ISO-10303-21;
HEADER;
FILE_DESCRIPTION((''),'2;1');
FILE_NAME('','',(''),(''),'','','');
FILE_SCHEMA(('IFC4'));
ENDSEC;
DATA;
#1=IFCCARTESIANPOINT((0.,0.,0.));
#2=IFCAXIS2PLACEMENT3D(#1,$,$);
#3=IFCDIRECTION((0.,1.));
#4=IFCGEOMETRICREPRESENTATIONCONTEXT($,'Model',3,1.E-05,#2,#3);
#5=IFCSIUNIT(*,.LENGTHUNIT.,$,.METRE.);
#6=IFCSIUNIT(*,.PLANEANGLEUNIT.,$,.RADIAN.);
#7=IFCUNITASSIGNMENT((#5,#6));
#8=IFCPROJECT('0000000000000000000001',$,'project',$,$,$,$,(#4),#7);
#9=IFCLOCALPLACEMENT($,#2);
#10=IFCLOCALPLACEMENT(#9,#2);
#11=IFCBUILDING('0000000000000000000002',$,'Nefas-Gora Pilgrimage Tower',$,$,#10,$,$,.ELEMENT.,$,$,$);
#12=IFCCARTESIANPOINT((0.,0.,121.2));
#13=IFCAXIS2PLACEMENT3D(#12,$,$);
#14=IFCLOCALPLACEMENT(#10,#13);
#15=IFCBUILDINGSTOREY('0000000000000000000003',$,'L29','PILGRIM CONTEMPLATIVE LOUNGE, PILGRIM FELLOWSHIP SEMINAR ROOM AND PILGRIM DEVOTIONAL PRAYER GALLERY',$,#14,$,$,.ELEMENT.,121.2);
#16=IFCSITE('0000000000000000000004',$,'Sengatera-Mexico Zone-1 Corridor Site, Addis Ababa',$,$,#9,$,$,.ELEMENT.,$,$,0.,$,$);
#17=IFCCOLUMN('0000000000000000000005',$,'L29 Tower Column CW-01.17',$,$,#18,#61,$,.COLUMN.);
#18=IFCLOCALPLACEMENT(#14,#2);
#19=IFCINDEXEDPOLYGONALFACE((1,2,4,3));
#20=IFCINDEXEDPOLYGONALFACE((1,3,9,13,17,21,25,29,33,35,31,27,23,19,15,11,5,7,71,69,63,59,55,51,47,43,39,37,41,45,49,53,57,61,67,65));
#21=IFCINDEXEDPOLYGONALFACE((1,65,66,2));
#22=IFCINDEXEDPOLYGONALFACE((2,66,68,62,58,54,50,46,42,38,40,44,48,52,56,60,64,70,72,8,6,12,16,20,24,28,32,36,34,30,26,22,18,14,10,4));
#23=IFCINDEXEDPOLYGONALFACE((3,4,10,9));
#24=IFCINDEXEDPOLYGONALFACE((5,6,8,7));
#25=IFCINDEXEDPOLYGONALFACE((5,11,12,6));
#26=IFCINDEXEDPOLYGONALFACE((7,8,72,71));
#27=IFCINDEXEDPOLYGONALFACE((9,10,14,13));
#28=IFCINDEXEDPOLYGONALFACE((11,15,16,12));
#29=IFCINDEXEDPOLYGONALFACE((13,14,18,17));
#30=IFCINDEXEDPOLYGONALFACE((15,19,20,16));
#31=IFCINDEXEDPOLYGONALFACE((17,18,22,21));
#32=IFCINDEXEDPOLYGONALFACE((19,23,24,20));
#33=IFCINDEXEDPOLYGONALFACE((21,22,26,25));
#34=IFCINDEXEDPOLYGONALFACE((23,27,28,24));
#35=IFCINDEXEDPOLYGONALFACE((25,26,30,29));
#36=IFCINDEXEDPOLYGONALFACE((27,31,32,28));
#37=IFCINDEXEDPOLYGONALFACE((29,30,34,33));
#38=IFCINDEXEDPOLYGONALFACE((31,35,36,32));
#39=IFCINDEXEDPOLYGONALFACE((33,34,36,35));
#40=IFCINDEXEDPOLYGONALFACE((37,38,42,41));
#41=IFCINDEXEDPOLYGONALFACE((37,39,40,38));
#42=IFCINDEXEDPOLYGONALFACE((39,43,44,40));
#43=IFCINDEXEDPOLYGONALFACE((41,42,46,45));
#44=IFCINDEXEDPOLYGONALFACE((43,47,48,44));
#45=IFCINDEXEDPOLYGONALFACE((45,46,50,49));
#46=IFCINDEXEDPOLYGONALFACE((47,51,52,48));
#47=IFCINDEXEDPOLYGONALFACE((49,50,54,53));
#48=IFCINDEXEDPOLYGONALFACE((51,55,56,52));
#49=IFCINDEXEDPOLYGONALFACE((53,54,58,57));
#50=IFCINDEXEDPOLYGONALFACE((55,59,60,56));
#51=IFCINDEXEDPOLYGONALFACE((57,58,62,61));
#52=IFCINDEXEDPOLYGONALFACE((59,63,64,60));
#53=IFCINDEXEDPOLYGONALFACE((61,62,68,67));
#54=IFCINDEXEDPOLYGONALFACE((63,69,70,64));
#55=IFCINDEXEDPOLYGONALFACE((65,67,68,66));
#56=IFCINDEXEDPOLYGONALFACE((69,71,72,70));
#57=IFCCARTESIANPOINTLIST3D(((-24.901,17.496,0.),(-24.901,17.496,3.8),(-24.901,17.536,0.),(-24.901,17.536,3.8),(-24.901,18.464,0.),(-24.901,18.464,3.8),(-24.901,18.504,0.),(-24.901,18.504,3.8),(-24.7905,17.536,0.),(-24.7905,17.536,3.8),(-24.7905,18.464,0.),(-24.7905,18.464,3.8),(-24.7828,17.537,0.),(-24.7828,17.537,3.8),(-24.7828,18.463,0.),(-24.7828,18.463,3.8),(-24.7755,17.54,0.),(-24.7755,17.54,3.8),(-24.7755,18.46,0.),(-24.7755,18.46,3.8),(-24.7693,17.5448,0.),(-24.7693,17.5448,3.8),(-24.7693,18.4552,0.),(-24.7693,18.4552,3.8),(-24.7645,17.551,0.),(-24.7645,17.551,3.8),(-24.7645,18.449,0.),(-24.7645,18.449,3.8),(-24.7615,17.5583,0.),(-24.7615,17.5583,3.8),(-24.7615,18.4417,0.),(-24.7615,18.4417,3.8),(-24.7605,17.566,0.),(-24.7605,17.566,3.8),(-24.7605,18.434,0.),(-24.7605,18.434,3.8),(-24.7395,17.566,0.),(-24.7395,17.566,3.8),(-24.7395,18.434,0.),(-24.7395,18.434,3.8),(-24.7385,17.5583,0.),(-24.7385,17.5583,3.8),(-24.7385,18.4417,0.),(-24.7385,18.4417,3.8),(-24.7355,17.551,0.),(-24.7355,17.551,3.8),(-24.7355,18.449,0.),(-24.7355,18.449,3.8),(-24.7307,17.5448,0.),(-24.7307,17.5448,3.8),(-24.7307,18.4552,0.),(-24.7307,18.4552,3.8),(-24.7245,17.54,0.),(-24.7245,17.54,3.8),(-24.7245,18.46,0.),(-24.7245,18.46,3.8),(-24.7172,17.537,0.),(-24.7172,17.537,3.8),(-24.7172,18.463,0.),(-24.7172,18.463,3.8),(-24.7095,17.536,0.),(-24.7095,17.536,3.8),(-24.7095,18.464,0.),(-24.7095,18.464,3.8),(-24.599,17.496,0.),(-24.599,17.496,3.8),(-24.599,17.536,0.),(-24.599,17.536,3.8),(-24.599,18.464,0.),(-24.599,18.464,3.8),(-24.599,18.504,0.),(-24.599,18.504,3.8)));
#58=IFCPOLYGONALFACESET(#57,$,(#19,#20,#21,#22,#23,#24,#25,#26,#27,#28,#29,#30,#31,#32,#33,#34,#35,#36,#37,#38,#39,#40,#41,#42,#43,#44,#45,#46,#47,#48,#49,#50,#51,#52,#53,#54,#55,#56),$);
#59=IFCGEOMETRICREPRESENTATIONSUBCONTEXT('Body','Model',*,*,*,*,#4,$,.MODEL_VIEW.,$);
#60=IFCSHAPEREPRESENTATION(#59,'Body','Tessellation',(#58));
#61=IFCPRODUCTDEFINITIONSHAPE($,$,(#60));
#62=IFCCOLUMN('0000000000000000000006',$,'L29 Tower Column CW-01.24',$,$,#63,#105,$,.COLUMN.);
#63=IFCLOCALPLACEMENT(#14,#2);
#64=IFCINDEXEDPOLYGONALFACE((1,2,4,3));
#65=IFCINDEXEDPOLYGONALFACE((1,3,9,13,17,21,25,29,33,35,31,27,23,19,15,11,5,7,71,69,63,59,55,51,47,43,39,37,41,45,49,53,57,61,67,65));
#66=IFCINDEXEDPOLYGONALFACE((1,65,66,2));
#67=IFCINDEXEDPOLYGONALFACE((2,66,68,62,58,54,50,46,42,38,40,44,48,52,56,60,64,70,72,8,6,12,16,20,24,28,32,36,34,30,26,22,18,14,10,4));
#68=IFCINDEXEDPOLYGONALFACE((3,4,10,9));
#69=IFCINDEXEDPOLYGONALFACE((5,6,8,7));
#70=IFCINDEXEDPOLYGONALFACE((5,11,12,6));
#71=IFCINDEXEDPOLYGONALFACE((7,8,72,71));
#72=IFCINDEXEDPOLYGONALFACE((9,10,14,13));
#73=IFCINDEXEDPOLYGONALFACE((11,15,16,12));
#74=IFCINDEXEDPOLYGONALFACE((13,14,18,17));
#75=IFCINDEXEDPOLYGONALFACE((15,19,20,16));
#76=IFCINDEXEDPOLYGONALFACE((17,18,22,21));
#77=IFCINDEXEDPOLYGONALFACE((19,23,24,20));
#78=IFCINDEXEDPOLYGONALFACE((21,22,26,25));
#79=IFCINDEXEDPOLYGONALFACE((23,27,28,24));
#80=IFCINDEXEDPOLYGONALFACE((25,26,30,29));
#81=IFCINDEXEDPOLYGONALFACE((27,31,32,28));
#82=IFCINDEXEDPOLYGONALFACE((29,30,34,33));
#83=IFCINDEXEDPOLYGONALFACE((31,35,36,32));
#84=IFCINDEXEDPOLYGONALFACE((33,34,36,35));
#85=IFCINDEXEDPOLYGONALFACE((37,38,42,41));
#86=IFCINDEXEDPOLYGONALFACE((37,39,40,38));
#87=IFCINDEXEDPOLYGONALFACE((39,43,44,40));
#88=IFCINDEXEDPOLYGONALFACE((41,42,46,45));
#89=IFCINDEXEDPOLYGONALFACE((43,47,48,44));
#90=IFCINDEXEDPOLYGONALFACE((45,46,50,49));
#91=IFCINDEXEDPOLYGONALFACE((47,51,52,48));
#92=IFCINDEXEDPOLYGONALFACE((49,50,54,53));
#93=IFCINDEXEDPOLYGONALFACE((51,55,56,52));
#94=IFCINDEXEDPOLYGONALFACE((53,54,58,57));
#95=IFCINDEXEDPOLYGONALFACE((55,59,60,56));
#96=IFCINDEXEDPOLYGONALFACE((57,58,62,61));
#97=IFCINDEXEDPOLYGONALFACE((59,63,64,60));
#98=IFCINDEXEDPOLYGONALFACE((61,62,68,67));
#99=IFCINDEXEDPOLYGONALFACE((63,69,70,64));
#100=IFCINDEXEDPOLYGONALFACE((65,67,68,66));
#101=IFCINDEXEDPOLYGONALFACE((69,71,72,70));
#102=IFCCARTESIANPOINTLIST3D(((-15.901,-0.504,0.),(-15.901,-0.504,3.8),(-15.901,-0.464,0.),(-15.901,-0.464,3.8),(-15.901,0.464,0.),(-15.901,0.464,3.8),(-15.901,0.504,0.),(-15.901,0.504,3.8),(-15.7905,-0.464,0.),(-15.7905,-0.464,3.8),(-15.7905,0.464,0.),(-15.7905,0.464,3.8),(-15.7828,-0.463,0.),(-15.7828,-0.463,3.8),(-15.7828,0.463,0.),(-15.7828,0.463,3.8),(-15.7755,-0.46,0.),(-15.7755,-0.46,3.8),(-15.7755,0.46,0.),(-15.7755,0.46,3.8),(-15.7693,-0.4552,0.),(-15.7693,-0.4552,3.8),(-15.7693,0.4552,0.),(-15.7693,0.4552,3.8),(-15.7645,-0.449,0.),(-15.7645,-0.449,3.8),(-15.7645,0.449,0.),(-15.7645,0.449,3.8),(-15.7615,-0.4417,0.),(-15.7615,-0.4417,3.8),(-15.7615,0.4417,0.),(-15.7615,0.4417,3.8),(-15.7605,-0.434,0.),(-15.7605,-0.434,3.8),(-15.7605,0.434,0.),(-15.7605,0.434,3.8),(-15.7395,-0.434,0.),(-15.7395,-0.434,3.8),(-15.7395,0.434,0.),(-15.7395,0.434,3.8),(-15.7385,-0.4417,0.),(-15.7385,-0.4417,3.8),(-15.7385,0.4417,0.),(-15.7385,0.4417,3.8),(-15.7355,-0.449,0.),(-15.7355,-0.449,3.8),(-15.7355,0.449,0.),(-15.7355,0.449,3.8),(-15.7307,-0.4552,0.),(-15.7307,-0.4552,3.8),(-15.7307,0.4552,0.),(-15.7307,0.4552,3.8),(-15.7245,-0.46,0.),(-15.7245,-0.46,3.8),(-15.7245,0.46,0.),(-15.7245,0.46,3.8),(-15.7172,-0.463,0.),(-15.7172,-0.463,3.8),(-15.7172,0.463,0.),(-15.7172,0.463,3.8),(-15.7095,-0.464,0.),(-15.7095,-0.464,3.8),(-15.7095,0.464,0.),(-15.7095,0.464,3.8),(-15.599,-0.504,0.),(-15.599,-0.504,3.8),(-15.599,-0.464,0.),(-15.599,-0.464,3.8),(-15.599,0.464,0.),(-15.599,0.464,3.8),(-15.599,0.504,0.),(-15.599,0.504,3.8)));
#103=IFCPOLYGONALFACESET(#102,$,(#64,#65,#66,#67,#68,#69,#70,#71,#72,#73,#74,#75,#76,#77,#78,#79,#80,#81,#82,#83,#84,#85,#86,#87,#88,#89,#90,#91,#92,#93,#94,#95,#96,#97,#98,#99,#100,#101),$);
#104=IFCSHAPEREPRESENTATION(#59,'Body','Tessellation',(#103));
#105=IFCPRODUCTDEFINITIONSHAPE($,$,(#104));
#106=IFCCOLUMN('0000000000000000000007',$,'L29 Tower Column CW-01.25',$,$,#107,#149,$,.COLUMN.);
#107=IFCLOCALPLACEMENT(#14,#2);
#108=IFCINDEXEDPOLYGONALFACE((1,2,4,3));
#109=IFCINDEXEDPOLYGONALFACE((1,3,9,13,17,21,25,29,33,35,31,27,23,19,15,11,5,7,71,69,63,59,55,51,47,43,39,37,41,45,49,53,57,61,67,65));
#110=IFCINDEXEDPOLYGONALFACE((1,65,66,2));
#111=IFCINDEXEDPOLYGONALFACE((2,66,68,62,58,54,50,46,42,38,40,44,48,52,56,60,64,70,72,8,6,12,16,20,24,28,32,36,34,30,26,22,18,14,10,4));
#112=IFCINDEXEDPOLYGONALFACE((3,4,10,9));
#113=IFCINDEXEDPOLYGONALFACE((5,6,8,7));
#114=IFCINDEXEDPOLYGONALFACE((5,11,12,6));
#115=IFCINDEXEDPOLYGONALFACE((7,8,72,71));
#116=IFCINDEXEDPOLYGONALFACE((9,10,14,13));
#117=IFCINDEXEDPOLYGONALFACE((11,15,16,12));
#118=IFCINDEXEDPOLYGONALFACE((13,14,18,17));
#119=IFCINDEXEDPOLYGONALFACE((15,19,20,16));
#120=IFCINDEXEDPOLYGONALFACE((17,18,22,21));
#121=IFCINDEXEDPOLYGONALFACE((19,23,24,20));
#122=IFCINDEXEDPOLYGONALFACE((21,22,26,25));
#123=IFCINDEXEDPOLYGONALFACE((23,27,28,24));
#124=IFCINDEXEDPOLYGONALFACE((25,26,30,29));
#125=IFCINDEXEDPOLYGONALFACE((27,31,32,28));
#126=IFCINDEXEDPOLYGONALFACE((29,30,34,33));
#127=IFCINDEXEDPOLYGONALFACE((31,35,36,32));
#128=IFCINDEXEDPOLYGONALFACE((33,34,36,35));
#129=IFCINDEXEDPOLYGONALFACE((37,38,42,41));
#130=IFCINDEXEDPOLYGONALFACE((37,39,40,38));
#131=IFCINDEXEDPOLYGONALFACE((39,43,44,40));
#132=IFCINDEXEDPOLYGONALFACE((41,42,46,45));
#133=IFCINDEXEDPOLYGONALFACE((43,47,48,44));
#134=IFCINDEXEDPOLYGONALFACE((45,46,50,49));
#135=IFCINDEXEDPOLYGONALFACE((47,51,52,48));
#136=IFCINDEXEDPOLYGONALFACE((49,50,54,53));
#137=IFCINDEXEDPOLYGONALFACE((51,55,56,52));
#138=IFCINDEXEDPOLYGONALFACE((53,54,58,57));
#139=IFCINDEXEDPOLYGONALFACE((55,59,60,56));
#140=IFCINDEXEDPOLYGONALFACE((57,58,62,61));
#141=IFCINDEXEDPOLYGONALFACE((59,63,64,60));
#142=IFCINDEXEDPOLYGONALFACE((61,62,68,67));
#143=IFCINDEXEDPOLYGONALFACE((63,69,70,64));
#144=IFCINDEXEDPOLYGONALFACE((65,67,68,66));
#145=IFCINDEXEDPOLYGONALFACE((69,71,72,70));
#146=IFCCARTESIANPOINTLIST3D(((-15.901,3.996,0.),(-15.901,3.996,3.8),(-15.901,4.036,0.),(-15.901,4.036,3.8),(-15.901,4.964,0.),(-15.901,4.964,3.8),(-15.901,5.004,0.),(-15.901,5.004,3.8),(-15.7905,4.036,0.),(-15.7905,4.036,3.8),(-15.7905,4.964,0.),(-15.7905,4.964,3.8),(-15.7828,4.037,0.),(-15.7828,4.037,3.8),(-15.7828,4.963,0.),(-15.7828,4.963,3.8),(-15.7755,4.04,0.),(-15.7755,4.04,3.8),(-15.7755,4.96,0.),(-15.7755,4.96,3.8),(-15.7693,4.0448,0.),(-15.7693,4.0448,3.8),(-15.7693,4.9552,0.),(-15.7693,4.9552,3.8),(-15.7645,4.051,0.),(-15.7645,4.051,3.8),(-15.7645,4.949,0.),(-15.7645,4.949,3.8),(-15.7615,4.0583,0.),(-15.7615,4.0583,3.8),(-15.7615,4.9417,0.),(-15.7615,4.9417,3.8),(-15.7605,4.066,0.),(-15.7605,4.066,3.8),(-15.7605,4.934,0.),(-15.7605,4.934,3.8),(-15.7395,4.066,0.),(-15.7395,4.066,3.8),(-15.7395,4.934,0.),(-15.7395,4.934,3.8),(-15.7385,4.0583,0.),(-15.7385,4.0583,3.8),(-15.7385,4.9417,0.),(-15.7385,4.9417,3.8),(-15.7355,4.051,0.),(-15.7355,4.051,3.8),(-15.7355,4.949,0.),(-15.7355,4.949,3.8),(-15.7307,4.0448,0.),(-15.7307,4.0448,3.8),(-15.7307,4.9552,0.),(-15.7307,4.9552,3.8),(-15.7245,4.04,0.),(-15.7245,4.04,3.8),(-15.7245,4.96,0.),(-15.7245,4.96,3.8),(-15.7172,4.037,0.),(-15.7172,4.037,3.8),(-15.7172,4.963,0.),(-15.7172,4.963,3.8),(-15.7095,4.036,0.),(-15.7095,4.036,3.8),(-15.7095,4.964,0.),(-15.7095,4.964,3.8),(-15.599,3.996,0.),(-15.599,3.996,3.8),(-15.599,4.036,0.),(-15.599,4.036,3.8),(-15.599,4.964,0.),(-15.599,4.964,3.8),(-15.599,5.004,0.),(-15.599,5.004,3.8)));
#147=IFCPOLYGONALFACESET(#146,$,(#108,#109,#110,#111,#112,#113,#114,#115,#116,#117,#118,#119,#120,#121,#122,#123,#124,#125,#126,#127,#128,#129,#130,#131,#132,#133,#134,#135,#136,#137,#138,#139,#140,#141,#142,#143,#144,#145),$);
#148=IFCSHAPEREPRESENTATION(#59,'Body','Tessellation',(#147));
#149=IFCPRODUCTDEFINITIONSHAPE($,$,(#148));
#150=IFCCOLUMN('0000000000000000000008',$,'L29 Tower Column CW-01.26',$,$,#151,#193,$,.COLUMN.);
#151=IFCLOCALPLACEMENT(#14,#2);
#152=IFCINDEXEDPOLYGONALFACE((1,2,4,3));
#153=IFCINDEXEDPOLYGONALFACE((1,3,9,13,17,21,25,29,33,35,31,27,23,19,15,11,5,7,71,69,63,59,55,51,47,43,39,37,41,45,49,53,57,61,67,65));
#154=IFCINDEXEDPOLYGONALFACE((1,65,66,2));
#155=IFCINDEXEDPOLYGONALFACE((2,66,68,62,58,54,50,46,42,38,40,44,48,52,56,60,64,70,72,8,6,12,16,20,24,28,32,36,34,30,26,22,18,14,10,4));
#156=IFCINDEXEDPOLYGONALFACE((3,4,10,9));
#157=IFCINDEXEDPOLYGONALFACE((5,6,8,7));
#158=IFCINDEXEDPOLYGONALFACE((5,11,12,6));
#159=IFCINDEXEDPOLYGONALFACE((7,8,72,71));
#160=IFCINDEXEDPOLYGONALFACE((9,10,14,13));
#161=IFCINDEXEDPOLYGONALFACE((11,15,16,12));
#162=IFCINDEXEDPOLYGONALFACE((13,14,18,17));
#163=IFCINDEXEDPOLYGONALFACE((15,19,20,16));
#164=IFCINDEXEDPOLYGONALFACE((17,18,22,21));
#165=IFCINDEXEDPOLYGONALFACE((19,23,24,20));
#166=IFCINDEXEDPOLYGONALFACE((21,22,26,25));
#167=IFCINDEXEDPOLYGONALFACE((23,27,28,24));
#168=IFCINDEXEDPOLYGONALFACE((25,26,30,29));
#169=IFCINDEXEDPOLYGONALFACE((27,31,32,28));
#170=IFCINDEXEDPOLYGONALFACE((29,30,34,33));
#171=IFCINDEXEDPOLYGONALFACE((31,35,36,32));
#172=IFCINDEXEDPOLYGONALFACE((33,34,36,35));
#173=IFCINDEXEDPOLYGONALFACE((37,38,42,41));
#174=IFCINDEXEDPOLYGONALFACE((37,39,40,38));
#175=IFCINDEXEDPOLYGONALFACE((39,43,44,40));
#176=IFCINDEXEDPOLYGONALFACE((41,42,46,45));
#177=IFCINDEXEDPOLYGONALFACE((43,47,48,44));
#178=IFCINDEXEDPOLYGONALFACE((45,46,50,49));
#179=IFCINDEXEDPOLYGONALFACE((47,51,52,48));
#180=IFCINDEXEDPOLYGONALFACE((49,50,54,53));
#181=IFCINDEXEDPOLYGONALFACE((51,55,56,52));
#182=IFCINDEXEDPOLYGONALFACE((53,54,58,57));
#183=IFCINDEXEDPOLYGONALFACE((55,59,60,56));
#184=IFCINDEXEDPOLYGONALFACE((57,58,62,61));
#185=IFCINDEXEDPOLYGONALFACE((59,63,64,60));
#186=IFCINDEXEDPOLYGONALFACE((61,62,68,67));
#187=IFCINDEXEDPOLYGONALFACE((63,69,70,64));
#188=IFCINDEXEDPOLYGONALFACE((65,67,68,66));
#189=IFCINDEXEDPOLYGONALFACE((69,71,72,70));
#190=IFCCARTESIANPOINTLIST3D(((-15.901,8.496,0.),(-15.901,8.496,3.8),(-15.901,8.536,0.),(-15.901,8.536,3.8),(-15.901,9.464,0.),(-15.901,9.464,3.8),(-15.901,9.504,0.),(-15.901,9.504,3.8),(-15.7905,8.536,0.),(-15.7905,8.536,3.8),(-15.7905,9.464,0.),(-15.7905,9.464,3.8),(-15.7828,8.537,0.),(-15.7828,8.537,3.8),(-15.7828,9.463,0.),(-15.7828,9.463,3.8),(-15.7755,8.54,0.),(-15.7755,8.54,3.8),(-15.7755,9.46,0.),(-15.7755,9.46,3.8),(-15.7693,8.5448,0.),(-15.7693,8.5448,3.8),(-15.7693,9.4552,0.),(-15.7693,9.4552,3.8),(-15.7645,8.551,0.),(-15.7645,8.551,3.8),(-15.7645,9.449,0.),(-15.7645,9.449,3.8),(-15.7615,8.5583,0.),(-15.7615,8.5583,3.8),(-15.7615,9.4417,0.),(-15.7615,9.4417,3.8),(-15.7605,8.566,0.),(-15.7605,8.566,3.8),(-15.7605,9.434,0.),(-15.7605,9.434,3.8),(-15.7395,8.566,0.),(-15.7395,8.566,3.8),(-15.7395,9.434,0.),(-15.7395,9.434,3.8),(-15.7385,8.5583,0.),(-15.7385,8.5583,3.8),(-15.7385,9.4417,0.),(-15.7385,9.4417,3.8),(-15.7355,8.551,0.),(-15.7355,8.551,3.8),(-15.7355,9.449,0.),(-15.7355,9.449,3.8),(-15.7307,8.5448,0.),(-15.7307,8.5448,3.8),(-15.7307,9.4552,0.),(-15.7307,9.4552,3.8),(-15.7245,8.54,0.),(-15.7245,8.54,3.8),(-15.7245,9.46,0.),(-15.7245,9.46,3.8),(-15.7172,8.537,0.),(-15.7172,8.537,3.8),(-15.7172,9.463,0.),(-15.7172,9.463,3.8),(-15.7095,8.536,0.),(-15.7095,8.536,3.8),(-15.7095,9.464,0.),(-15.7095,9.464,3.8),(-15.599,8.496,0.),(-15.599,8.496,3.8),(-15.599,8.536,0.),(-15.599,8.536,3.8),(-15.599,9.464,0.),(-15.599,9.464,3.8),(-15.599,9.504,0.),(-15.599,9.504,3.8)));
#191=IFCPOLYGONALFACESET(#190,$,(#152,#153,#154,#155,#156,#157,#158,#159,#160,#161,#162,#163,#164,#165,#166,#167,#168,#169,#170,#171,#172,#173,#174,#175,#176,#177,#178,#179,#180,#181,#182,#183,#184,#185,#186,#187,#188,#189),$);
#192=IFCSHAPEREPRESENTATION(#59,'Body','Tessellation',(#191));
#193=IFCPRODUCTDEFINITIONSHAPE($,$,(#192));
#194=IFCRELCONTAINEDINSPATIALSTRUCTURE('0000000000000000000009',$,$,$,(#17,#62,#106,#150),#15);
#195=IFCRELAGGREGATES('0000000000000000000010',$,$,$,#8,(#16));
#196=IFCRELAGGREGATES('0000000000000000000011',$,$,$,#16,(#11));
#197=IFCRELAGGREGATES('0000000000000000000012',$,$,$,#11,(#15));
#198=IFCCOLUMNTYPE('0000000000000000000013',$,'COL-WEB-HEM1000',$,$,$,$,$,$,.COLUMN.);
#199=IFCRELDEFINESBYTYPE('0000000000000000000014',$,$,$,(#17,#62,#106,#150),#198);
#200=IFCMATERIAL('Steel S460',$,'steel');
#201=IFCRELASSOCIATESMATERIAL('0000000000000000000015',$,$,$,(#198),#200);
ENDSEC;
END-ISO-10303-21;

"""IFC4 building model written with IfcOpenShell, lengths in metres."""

from ifc_helpers import new_model, si_unit, direction, frame, origin, origin_2d, place, context, subcontext, project, spatial, i_section, extrude, source, transform, mapped, material, material_profile, profile_set, type_object, element, save


model = new_model("IFC4")

# Units and contexts
model_context = context("Model", 3, precision=1e-05, world=origin(), true_north=direction((0.0, 1.0)))
body_context = subcontext(model_context, "Body", "Model", "MODEL_VIEW")
ifc_project = project(units=[si_unit("LENGTHUNIT", "METRE"), si_unit("PLANEANGLEUNIT", "RADIAN")], contexts=[model_context])

# Site, building, storey
site_placement = place(None, origin())
site = spatial("IfcSite", under=ifc_project, at=site_placement, Name="Sengatera-Mexico Zone-1 Corridor Site, Addis Ababa", CompositionType="ELEMENT", RefElevation=0.0)
building_placement = place(site_placement, origin())
building = spatial("IfcBuilding", under=site, at=building_placement, Name="Nefas-Gora Pilgrimage Tower", CompositionType="ELEMENT")
storey_placement = place(building_placement, frame((0.0, 0.0, 121.2)))
storey = spatial("IfcBuildingStorey", under=building, at=storey_placement, Name="L29", Description="PILGRIM CONTEMPLATIVE LOUNGE, PILGRIM FELLOWSHIP SEMINAR ROOM AND PILGRIM DEVOTIONAL PRAYER GALLERY", CompositionType="ELEMENT", Elevation=121.2)

# Columns
ifc_material_1 = material(Name="Steel S460", Category="steel")
ifc_material_profile_1 = material_profile(ifc_material_1, i_section(OverallWidth=0.302, OverallDepth=1.0081, WebThickness=0.021, FlangeThickness=0.04, FilletRadius=0.03, at=origin_2d()), Name="HEM 1000")
ifc_profile_set_1 = profile_set([ifc_material_profile_1], Name="Steel S460")
column_type_1 = type_object("IfcColumnType", Name="COL-WEB-HEM1000", PredefinedType="COLUMN", material=ifc_profile_set_1)
shared_shape_1 = source(origin(), body_context, "Body", "SweptSolid", [
    extrude(i_section(OverallWidth=0.302, OverallDepth=1.0081, WebThickness=0.021, FlangeThickness=0.04, FilletRadius=0.03, at=origin_2d()), origin(), (0.0, 0.0, 1.0), 3.8),
])
for number, where, z_axis, x_axis, name in (
    (1, (-24.75, 18.0, 0.0), (0.0, 0.0, 1.0), (1.0, 0.0, 0.0), "L29 Tower Column CW-01.17"),
    (2, (-15.75, 0.0, 0.0), (0.0, 0.0, 1.0), (1.0, 0.0, 0.0), "L29 Tower Column CW-01.24"),
    (3, (-15.75, 4.5, 0.0), (0.0, 0.0, 1.0), (1.0, 0.0, 0.0), "L29 Tower Column CW-01.25"),
    (4, (-15.75, 9.0, 0.0), (0.0, 0.0, 1.0), (1.0, 0.0, 0.0), "L29 Tower Column CW-01.26"),
):
    element("IfcColumn", number, at=place(storey_placement, frame(where, z_axis=z_axis, x_axis=x_axis)), inside=storey, type_object=column_type_1, Name=name, PredefinedType="COLUMN", context=body_context, shape_type="MappedRepresentation", body=[
        mapped(shared_shape_1, transform((0.0, 0.0, 0.0), x_axis=(1.0, 0.0, 0.0), y_axis=(0.0, 1.0, 0.0), z_axis=(0.0, 0.0, 1.0), scale=1.0)),
    ])

save(model, "model.ifc")
